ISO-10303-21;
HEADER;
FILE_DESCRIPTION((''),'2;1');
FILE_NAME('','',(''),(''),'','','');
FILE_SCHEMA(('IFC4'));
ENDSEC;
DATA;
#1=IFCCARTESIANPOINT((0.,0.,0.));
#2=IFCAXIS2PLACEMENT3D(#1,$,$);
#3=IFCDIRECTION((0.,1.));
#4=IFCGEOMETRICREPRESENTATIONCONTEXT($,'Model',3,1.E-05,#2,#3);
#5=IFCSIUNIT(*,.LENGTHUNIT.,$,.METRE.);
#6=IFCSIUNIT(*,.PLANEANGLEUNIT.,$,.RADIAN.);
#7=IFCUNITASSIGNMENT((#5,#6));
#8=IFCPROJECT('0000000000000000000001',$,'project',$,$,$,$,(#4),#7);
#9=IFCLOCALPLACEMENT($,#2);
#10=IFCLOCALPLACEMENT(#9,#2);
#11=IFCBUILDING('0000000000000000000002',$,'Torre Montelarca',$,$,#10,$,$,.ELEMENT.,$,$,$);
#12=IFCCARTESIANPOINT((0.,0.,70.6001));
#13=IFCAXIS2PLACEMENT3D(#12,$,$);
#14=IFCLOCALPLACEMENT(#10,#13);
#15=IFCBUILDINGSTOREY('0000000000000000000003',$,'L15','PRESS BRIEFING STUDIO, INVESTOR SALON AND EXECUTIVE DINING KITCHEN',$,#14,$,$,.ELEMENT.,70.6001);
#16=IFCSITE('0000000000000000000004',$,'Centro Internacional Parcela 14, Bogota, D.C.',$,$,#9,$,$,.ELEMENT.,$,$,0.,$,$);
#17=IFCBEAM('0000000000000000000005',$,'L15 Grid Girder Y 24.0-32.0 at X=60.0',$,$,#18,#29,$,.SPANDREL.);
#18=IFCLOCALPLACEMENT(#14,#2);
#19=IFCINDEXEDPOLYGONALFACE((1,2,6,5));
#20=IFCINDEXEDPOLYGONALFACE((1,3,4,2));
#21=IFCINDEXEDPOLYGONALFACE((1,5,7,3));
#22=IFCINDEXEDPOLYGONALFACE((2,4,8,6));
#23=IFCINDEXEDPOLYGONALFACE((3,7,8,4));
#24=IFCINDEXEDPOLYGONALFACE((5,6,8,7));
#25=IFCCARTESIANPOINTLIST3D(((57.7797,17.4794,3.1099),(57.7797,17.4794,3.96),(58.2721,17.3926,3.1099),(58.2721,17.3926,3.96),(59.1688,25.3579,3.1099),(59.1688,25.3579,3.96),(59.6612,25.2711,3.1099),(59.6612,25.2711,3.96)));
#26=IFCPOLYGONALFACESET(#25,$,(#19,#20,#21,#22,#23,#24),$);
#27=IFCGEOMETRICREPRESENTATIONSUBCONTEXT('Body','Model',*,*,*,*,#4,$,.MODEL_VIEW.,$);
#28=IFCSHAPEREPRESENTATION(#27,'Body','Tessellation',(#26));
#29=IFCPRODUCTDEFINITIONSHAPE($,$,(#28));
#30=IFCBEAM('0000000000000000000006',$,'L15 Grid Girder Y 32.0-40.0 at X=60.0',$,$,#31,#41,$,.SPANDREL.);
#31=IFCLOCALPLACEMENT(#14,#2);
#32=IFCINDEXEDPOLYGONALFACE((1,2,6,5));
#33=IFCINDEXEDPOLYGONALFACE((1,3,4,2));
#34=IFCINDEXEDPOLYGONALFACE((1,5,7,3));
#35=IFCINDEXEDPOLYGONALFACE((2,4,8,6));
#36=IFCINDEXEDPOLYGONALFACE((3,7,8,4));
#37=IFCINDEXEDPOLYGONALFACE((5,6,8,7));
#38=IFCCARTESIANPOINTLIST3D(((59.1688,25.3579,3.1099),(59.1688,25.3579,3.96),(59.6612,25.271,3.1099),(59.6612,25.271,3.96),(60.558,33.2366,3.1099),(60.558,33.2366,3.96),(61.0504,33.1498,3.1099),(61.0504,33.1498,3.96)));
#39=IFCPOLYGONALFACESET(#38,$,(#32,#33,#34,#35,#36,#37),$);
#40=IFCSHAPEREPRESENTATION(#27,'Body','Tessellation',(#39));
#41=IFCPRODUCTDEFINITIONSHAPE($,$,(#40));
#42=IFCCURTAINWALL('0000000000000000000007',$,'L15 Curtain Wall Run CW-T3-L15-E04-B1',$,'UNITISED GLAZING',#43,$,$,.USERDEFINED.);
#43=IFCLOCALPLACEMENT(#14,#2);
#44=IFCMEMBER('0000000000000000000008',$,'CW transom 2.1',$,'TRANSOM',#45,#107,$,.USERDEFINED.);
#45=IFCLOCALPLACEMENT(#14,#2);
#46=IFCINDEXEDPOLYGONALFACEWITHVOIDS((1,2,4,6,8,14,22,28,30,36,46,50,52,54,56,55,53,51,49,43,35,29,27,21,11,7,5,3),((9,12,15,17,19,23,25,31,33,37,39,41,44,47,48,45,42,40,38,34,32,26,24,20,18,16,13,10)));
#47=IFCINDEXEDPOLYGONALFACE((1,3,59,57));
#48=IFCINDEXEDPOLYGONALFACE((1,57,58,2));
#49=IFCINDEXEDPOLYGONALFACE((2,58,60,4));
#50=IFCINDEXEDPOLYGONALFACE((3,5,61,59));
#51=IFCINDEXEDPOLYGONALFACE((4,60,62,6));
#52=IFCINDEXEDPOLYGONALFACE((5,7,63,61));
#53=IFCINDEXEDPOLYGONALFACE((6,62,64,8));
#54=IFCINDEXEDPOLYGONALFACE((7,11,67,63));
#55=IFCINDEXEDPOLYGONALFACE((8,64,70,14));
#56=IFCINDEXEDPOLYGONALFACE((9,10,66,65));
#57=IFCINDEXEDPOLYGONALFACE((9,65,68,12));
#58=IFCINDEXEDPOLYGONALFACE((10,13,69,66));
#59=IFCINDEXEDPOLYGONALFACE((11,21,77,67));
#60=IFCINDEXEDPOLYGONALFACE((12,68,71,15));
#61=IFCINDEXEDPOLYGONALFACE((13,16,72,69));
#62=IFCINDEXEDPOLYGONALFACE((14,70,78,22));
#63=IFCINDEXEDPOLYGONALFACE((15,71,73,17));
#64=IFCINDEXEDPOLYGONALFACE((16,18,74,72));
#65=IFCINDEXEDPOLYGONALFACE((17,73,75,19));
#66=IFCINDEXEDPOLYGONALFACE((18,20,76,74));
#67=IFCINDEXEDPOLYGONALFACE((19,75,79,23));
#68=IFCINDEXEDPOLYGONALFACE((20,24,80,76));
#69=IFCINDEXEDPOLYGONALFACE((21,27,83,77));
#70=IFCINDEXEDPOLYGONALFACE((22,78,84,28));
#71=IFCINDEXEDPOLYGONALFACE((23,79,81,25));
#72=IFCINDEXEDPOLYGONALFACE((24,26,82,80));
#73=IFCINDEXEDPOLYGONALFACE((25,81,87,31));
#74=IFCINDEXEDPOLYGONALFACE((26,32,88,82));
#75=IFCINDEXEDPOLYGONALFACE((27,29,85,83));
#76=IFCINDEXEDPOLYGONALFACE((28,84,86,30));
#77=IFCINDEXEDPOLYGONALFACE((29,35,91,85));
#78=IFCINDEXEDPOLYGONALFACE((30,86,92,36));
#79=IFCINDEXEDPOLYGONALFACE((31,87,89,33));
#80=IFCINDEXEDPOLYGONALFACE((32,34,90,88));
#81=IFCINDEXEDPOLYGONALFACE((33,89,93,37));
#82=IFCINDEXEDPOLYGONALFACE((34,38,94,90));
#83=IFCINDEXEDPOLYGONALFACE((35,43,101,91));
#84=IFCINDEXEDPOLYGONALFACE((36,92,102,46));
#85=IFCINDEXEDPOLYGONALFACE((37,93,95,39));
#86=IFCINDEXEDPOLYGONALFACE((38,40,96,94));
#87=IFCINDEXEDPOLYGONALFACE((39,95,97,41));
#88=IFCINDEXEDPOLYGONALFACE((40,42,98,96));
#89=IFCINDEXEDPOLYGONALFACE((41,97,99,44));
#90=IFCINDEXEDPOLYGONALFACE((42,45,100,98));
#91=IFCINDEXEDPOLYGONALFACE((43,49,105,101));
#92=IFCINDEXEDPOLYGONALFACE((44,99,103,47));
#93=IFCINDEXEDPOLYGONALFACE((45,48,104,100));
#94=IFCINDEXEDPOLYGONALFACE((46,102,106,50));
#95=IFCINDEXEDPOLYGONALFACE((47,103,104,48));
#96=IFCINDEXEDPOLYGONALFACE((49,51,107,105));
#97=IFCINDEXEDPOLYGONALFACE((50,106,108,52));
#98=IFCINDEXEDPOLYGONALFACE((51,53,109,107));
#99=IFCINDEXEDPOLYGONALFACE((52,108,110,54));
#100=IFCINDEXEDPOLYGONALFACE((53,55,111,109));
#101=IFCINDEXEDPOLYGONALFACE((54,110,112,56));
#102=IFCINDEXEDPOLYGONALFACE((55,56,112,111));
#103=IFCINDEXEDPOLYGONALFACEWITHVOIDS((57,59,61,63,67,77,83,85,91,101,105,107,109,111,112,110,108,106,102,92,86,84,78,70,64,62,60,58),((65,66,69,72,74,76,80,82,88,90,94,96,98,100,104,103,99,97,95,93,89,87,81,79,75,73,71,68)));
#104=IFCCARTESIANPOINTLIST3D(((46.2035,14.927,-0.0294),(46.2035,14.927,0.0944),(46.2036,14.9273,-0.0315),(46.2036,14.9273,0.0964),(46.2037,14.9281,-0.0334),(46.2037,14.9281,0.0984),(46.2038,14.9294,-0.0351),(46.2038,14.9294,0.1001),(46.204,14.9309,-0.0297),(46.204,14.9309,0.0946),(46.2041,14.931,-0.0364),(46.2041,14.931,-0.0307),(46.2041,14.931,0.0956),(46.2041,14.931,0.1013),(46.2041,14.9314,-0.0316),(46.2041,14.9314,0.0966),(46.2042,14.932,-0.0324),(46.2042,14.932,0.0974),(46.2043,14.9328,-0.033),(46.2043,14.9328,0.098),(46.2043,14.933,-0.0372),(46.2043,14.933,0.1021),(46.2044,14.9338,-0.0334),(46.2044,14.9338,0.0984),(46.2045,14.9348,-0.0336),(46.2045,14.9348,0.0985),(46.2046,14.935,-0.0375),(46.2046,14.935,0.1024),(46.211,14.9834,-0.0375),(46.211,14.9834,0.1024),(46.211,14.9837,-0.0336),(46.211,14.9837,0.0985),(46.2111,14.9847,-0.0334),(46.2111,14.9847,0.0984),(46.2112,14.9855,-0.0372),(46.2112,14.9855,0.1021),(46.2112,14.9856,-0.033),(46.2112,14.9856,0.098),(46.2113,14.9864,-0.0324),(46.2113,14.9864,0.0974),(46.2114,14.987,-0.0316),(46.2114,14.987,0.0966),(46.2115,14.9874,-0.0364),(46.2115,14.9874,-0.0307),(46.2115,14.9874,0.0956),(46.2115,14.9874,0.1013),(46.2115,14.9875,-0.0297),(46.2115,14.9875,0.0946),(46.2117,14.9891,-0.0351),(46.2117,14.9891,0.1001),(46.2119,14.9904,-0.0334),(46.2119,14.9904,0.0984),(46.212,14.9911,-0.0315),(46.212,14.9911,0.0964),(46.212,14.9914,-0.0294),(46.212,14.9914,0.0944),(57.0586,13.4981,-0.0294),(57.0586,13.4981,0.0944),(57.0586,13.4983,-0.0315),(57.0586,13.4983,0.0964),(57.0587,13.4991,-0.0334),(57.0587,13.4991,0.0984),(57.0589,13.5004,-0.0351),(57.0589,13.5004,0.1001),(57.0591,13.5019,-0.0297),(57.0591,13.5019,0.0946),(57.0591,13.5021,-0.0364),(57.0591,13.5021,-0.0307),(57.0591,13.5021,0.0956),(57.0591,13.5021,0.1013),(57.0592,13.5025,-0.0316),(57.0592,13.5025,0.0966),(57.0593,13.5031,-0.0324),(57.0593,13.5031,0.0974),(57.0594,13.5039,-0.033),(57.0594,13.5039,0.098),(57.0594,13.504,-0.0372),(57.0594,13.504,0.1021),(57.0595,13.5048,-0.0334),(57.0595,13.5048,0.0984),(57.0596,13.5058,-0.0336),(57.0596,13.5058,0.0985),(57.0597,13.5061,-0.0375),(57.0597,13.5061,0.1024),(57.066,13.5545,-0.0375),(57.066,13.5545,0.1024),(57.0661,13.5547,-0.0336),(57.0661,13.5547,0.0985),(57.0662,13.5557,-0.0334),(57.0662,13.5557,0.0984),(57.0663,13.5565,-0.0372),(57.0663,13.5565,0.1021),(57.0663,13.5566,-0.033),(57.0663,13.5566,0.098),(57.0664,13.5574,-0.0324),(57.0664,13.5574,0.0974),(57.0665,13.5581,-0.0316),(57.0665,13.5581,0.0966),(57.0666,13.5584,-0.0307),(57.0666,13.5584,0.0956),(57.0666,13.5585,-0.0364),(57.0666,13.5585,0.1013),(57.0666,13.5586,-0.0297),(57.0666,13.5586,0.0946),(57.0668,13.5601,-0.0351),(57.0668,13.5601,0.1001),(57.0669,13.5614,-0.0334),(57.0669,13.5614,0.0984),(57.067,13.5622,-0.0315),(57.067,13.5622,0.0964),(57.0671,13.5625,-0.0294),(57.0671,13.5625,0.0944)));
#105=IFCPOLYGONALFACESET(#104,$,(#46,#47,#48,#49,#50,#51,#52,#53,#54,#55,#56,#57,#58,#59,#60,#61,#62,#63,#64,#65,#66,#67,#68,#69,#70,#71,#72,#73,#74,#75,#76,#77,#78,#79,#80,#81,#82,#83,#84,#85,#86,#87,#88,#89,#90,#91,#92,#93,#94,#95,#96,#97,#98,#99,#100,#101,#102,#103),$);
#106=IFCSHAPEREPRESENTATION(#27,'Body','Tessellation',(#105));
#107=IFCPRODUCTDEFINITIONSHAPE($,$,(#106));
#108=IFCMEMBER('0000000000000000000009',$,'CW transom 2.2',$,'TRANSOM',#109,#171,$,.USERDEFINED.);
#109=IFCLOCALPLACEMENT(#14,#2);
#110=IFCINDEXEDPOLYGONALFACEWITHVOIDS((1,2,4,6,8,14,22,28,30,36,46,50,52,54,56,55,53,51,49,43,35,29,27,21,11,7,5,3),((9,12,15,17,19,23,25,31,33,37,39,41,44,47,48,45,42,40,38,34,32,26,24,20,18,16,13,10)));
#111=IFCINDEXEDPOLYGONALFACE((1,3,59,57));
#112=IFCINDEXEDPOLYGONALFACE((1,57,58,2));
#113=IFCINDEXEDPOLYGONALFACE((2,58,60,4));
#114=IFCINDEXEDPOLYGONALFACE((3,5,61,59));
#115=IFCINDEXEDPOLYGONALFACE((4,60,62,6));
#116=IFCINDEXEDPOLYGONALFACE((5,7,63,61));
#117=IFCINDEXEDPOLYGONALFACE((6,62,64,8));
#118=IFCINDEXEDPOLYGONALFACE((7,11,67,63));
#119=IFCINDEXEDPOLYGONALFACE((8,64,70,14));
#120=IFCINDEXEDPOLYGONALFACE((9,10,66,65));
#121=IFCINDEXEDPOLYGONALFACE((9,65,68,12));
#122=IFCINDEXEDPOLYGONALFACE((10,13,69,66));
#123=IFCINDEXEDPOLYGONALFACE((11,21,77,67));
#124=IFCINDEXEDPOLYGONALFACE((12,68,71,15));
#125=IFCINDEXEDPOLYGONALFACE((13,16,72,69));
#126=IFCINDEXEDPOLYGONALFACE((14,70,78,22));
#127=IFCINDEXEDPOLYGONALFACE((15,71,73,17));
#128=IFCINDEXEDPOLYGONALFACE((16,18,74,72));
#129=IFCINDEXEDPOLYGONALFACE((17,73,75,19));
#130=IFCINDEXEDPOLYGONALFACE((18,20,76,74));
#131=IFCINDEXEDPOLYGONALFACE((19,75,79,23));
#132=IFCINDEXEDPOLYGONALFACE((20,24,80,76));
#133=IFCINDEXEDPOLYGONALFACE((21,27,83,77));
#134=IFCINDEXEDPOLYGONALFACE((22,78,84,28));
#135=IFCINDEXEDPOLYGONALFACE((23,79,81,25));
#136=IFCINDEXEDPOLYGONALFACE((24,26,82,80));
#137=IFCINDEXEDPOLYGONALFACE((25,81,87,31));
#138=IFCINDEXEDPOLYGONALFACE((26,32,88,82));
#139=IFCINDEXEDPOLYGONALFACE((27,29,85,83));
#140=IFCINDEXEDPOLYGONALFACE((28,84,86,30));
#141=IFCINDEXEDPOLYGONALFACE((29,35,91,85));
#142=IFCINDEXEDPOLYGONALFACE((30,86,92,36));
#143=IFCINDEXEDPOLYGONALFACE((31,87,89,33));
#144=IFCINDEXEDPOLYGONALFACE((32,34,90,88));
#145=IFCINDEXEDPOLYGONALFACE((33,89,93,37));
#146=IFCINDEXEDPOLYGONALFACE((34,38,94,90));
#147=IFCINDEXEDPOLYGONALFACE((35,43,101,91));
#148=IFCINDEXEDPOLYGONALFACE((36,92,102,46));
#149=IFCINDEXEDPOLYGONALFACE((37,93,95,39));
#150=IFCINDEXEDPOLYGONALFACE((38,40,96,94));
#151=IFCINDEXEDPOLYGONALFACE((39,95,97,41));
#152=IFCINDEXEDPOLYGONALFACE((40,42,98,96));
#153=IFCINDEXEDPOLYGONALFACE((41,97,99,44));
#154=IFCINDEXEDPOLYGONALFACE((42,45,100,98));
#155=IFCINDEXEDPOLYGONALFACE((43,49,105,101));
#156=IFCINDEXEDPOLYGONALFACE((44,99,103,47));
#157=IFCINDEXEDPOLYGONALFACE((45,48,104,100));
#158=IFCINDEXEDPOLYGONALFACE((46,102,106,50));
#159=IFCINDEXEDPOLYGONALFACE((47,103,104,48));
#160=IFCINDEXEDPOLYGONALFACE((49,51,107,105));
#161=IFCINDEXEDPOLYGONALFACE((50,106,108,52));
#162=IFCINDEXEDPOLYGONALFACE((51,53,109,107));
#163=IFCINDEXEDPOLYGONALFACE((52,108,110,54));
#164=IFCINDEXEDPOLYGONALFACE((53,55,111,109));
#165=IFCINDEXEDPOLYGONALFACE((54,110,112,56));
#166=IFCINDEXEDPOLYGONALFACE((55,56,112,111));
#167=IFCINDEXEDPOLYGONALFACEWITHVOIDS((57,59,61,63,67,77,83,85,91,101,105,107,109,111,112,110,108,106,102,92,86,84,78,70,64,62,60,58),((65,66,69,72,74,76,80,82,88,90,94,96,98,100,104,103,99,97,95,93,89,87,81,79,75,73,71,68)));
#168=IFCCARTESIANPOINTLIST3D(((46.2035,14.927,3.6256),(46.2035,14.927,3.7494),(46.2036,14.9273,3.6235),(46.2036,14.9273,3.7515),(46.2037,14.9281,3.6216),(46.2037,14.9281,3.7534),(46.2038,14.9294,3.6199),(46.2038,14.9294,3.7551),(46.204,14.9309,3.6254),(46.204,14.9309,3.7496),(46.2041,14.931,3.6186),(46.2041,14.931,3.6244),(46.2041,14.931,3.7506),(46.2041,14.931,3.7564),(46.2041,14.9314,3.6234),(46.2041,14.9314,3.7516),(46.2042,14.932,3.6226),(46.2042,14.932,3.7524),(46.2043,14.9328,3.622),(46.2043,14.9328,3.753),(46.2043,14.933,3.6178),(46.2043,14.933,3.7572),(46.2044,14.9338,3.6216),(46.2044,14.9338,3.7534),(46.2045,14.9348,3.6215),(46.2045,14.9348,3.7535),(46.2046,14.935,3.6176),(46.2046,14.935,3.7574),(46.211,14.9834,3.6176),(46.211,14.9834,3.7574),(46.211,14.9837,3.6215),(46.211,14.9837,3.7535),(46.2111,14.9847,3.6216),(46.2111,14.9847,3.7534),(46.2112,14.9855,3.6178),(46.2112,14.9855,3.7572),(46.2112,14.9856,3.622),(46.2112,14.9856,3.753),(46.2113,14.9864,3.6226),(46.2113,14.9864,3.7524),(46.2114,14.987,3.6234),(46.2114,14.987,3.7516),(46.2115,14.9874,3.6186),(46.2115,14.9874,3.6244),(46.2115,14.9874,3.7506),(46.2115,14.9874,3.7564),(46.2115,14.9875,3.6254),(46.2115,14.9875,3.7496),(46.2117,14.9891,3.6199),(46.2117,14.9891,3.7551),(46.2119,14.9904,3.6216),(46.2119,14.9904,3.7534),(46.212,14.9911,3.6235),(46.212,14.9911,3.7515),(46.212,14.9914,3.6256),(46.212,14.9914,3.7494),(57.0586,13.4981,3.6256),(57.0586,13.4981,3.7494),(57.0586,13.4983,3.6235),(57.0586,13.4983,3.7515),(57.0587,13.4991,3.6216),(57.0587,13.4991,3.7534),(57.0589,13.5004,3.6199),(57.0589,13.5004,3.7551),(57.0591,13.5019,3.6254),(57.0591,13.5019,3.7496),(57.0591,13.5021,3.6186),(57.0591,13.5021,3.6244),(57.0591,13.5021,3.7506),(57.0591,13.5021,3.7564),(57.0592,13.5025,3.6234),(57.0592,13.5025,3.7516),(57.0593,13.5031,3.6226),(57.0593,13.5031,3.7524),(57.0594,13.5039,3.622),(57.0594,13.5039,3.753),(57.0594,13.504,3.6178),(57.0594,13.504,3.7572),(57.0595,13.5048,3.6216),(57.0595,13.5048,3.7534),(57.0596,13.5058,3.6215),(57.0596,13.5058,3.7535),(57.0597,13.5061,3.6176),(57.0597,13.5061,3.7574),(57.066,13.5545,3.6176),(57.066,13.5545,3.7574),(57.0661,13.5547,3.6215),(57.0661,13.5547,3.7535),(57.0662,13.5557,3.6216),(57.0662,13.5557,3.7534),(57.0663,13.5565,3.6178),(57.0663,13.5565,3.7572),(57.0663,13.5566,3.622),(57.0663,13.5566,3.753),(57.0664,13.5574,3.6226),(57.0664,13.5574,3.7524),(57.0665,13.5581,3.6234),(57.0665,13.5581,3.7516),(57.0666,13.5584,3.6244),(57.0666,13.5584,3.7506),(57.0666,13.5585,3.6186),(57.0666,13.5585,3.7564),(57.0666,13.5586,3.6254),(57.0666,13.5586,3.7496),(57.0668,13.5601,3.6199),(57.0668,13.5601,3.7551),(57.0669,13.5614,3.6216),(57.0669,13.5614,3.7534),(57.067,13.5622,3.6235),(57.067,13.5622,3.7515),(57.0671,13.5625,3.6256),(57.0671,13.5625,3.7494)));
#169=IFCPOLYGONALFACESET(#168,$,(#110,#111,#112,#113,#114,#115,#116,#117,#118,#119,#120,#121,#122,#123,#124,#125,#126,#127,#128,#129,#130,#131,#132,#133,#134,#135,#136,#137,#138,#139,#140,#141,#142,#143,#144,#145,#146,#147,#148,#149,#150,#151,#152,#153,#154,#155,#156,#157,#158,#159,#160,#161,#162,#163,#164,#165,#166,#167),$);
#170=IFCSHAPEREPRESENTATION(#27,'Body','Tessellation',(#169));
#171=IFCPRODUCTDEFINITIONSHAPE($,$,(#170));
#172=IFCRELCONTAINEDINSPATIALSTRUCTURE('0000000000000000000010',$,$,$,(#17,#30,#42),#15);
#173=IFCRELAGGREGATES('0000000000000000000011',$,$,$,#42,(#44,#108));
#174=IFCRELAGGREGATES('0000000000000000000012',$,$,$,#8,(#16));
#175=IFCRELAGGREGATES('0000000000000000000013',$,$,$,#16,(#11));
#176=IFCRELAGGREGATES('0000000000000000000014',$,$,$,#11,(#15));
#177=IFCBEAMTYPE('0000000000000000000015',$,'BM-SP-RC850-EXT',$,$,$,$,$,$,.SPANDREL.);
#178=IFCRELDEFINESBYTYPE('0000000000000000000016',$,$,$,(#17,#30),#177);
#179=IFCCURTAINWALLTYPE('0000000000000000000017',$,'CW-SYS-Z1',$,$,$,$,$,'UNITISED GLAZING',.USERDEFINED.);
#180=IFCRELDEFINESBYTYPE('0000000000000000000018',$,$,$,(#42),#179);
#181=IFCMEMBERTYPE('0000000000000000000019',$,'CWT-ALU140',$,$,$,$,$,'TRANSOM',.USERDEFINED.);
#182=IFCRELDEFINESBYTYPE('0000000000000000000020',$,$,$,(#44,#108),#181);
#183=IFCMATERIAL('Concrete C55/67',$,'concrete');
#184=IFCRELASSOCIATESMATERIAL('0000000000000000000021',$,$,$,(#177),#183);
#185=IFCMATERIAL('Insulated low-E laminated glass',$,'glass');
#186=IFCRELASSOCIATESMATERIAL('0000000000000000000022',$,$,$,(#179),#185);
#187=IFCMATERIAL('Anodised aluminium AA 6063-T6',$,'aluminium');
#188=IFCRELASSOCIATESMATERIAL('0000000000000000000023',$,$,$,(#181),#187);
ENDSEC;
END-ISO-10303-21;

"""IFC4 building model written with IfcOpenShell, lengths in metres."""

from ifc_helpers import new_model, si_unit, direction, frame, origin, origin_2d, place, context, subcontext, project, spatial, rectangle, hollow_rectangle, extrude, source, transform, mapped, material, material_profile, profile_set, type_object, element, aggregate, save


model = new_model("IFC4")

# Units and contexts
model_context = context("Model", 3, precision=1e-05, world=origin(), true_north=direction((0.0, 1.0)))
body_context = subcontext(model_context, "Body", "Model", "MODEL_VIEW")
ifc_project = project(units=[si_unit("LENGTHUNIT", "METRE"), si_unit("PLANEANGLEUNIT", "RADIAN")], contexts=[model_context])

# Site, building, storey
site_placement = place(None, origin())
site = spatial("IfcSite", under=ifc_project, at=site_placement, Name="Centro Internacional Parcela 14, Bogota, D.C.", CompositionType="ELEMENT", RefElevation=0.0)
building_placement = place(site_placement, origin())
building = spatial("IfcBuilding", under=site, at=building_placement, Name="Torre Montelarca", CompositionType="ELEMENT")
storey_placement = place(building_placement, frame((0.0, 0.0, 70.6001)))
storey = spatial("IfcBuildingStorey", under=building, at=storey_placement, Name="L15", Description="PRESS BRIEFING STUDIO, INVESTOR SALON AND EXECUTIVE DINING KITCHEN", CompositionType="ELEMENT", Elevation=70.6001)

# Beams
ifc_material_1 = material(Name="Concrete C55/67", Category="concrete")
ifc_material_profile_1 = material_profile(ifc_material_1, rectangle(XDim=0.5, YDim=0.8501, at=origin_2d()), Name="RCB500X850", Category="concrete")
ifc_profile_set_1 = profile_set([ifc_material_profile_1], Name="Concrete C55/67")
beam_type = type_object("IfcBeamType", Name="BM-SP-RC850-EXT", PredefinedType="SPANDREL", material=ifc_profile_set_1)
shared_shape_1 = source(origin(), body_context, "Body", "SweptSolid", [
    extrude(rectangle(XDim=0.5, YDim=0.8501, at=origin_2d()), origin(), (0.0, 0.0, 1.0), 8.0),
])
beam_1_placement = place(storey_placement, frame((58.0259, 17.436, 3.5349), z_axis=(0.173646, 0.984808, 0.0), x_axis=(-0.984808, 0.173646, 0.0)))
element("IfcBeam", 1, at=beam_1_placement, inside=storey, type_object=beam_type, Name="L15 Grid Girder Y 24.0-32.0 at X=60.0", PredefinedType="SPANDREL", context=body_context, shape_type="MappedRepresentation", body=[
    mapped(shared_shape_1, transform((0.0, 0.0, 0.0), scale=1.0)),
])
shared_shape_2 = source(origin(), body_context, "Body", "SweptSolid", [
    extrude(rectangle(XDim=0.5, YDim=0.8501, at=origin_2d()), origin(), (0.0, 0.0, 1.0), 8.0002),
])
beam_2_placement = place(storey_placement, frame((59.415, 25.3145, 3.5349), z_axis=(0.173641, 0.984809, 0.0), x_axis=(-0.984809, 0.173641, 0.0)))
element("IfcBeam", 2, at=beam_2_placement, inside=storey, type_object=beam_type, Name="L15 Grid Girder Y 32.0-40.0 at X=60.0", PredefinedType="SPANDREL", context=body_context, shape_type="MappedRepresentation", body=[
    mapped(shared_shape_2, transform((0.0, 0.0, 0.0), scale=1.0)),
])

# Curtain wall, members
ifc_material_2 = material(Name="Insulated low-E laminated glass", Category="glass")
curtain_wall_type = type_object("IfcCurtainWallType", Name="CW-SYS-Z1", ElementType="UNITISED GLAZING", PredefinedType="USERDEFINED", material=ifc_material_2)
curtain_wall_1_placement = place(storey_placement, origin())
curtain_wall_1 = element("IfcCurtainWall", 3, at=curtain_wall_1_placement, inside=storey, type_object=curtain_wall_type, Name="L15 Curtain Wall Run CW-T3-L15-E04-B1", ObjectType="UNITISED GLAZING", PredefinedType="USERDEFINED")
ifc_material_3 = material(Name="Anodised aluminium AA 6063-T6", Category="aluminium")
ifc_material_profile_2 = material_profile(ifc_material_3, hollow_rectangle(XDim=0.0649, YDim=0.1399, WallThickness=0.0039, InnerFilletRadius=0.0039, OuterFilletRadius=0.0081, at=origin_2d()), Name="ALU65X140X4", Category="aluminium")
ifc_profile_set_2 = profile_set([ifc_material_profile_2], Name="Anodised aluminium AA 6063-T6")
member_type_1 = type_object("IfcMemberType", Name="CWT-ALU140", ElementType="TRANSOM", PredefinedType="USERDEFINED", material=ifc_profile_set_2)
shared_shape_3 = source(origin(), body_context, "Body", "SweptSolid", [
    extrude(hollow_rectangle(XDim=0.0649, YDim=0.1399, WallThickness=0.0039, InnerFilletRadius=0.0039, OuterFilletRadius=0.0081, at=origin_2d()), origin(), (0.0, 0.0, 1.0), 10.9487),
])
member_1_placement = place(storey_placement, frame((46.2078, 14.9592, 0.0325), z_axis=(0.991446, -0.130515, 0.0), x_axis=(0.130515, 0.991446, 0.0)))
member_1 = element("IfcMember", 4, at=member_1_placement, type_object=member_type_1, Name="CW transom 2.1", ObjectType="TRANSOM", PredefinedType="USERDEFINED", context=body_context, shape_type="MappedRepresentation", body=[
    mapped(shared_shape_3, transform((0.0, 0.0, 0.0), scale=1.0)),
])
member_2_placement = place(storey_placement, frame((46.2078, 14.9592, 3.6875), z_axis=(0.991446, -0.130515, 0.0), x_axis=(0.130515, 0.991446, 0.0)))
member_2 = element("IfcMember", 5, at=member_2_placement, type_object=member_type_1, Name="CW transom 2.2", ObjectType="TRANSOM", PredefinedType="USERDEFINED", context=body_context, shape_type="MappedRepresentation", body=[
    mapped(shared_shape_3, transform((0.0, 0.0, 0.0), scale=1.0)),
])

aggregate(curtain_wall_1, [member_1, member_2])

save(model, "model.ifc")
